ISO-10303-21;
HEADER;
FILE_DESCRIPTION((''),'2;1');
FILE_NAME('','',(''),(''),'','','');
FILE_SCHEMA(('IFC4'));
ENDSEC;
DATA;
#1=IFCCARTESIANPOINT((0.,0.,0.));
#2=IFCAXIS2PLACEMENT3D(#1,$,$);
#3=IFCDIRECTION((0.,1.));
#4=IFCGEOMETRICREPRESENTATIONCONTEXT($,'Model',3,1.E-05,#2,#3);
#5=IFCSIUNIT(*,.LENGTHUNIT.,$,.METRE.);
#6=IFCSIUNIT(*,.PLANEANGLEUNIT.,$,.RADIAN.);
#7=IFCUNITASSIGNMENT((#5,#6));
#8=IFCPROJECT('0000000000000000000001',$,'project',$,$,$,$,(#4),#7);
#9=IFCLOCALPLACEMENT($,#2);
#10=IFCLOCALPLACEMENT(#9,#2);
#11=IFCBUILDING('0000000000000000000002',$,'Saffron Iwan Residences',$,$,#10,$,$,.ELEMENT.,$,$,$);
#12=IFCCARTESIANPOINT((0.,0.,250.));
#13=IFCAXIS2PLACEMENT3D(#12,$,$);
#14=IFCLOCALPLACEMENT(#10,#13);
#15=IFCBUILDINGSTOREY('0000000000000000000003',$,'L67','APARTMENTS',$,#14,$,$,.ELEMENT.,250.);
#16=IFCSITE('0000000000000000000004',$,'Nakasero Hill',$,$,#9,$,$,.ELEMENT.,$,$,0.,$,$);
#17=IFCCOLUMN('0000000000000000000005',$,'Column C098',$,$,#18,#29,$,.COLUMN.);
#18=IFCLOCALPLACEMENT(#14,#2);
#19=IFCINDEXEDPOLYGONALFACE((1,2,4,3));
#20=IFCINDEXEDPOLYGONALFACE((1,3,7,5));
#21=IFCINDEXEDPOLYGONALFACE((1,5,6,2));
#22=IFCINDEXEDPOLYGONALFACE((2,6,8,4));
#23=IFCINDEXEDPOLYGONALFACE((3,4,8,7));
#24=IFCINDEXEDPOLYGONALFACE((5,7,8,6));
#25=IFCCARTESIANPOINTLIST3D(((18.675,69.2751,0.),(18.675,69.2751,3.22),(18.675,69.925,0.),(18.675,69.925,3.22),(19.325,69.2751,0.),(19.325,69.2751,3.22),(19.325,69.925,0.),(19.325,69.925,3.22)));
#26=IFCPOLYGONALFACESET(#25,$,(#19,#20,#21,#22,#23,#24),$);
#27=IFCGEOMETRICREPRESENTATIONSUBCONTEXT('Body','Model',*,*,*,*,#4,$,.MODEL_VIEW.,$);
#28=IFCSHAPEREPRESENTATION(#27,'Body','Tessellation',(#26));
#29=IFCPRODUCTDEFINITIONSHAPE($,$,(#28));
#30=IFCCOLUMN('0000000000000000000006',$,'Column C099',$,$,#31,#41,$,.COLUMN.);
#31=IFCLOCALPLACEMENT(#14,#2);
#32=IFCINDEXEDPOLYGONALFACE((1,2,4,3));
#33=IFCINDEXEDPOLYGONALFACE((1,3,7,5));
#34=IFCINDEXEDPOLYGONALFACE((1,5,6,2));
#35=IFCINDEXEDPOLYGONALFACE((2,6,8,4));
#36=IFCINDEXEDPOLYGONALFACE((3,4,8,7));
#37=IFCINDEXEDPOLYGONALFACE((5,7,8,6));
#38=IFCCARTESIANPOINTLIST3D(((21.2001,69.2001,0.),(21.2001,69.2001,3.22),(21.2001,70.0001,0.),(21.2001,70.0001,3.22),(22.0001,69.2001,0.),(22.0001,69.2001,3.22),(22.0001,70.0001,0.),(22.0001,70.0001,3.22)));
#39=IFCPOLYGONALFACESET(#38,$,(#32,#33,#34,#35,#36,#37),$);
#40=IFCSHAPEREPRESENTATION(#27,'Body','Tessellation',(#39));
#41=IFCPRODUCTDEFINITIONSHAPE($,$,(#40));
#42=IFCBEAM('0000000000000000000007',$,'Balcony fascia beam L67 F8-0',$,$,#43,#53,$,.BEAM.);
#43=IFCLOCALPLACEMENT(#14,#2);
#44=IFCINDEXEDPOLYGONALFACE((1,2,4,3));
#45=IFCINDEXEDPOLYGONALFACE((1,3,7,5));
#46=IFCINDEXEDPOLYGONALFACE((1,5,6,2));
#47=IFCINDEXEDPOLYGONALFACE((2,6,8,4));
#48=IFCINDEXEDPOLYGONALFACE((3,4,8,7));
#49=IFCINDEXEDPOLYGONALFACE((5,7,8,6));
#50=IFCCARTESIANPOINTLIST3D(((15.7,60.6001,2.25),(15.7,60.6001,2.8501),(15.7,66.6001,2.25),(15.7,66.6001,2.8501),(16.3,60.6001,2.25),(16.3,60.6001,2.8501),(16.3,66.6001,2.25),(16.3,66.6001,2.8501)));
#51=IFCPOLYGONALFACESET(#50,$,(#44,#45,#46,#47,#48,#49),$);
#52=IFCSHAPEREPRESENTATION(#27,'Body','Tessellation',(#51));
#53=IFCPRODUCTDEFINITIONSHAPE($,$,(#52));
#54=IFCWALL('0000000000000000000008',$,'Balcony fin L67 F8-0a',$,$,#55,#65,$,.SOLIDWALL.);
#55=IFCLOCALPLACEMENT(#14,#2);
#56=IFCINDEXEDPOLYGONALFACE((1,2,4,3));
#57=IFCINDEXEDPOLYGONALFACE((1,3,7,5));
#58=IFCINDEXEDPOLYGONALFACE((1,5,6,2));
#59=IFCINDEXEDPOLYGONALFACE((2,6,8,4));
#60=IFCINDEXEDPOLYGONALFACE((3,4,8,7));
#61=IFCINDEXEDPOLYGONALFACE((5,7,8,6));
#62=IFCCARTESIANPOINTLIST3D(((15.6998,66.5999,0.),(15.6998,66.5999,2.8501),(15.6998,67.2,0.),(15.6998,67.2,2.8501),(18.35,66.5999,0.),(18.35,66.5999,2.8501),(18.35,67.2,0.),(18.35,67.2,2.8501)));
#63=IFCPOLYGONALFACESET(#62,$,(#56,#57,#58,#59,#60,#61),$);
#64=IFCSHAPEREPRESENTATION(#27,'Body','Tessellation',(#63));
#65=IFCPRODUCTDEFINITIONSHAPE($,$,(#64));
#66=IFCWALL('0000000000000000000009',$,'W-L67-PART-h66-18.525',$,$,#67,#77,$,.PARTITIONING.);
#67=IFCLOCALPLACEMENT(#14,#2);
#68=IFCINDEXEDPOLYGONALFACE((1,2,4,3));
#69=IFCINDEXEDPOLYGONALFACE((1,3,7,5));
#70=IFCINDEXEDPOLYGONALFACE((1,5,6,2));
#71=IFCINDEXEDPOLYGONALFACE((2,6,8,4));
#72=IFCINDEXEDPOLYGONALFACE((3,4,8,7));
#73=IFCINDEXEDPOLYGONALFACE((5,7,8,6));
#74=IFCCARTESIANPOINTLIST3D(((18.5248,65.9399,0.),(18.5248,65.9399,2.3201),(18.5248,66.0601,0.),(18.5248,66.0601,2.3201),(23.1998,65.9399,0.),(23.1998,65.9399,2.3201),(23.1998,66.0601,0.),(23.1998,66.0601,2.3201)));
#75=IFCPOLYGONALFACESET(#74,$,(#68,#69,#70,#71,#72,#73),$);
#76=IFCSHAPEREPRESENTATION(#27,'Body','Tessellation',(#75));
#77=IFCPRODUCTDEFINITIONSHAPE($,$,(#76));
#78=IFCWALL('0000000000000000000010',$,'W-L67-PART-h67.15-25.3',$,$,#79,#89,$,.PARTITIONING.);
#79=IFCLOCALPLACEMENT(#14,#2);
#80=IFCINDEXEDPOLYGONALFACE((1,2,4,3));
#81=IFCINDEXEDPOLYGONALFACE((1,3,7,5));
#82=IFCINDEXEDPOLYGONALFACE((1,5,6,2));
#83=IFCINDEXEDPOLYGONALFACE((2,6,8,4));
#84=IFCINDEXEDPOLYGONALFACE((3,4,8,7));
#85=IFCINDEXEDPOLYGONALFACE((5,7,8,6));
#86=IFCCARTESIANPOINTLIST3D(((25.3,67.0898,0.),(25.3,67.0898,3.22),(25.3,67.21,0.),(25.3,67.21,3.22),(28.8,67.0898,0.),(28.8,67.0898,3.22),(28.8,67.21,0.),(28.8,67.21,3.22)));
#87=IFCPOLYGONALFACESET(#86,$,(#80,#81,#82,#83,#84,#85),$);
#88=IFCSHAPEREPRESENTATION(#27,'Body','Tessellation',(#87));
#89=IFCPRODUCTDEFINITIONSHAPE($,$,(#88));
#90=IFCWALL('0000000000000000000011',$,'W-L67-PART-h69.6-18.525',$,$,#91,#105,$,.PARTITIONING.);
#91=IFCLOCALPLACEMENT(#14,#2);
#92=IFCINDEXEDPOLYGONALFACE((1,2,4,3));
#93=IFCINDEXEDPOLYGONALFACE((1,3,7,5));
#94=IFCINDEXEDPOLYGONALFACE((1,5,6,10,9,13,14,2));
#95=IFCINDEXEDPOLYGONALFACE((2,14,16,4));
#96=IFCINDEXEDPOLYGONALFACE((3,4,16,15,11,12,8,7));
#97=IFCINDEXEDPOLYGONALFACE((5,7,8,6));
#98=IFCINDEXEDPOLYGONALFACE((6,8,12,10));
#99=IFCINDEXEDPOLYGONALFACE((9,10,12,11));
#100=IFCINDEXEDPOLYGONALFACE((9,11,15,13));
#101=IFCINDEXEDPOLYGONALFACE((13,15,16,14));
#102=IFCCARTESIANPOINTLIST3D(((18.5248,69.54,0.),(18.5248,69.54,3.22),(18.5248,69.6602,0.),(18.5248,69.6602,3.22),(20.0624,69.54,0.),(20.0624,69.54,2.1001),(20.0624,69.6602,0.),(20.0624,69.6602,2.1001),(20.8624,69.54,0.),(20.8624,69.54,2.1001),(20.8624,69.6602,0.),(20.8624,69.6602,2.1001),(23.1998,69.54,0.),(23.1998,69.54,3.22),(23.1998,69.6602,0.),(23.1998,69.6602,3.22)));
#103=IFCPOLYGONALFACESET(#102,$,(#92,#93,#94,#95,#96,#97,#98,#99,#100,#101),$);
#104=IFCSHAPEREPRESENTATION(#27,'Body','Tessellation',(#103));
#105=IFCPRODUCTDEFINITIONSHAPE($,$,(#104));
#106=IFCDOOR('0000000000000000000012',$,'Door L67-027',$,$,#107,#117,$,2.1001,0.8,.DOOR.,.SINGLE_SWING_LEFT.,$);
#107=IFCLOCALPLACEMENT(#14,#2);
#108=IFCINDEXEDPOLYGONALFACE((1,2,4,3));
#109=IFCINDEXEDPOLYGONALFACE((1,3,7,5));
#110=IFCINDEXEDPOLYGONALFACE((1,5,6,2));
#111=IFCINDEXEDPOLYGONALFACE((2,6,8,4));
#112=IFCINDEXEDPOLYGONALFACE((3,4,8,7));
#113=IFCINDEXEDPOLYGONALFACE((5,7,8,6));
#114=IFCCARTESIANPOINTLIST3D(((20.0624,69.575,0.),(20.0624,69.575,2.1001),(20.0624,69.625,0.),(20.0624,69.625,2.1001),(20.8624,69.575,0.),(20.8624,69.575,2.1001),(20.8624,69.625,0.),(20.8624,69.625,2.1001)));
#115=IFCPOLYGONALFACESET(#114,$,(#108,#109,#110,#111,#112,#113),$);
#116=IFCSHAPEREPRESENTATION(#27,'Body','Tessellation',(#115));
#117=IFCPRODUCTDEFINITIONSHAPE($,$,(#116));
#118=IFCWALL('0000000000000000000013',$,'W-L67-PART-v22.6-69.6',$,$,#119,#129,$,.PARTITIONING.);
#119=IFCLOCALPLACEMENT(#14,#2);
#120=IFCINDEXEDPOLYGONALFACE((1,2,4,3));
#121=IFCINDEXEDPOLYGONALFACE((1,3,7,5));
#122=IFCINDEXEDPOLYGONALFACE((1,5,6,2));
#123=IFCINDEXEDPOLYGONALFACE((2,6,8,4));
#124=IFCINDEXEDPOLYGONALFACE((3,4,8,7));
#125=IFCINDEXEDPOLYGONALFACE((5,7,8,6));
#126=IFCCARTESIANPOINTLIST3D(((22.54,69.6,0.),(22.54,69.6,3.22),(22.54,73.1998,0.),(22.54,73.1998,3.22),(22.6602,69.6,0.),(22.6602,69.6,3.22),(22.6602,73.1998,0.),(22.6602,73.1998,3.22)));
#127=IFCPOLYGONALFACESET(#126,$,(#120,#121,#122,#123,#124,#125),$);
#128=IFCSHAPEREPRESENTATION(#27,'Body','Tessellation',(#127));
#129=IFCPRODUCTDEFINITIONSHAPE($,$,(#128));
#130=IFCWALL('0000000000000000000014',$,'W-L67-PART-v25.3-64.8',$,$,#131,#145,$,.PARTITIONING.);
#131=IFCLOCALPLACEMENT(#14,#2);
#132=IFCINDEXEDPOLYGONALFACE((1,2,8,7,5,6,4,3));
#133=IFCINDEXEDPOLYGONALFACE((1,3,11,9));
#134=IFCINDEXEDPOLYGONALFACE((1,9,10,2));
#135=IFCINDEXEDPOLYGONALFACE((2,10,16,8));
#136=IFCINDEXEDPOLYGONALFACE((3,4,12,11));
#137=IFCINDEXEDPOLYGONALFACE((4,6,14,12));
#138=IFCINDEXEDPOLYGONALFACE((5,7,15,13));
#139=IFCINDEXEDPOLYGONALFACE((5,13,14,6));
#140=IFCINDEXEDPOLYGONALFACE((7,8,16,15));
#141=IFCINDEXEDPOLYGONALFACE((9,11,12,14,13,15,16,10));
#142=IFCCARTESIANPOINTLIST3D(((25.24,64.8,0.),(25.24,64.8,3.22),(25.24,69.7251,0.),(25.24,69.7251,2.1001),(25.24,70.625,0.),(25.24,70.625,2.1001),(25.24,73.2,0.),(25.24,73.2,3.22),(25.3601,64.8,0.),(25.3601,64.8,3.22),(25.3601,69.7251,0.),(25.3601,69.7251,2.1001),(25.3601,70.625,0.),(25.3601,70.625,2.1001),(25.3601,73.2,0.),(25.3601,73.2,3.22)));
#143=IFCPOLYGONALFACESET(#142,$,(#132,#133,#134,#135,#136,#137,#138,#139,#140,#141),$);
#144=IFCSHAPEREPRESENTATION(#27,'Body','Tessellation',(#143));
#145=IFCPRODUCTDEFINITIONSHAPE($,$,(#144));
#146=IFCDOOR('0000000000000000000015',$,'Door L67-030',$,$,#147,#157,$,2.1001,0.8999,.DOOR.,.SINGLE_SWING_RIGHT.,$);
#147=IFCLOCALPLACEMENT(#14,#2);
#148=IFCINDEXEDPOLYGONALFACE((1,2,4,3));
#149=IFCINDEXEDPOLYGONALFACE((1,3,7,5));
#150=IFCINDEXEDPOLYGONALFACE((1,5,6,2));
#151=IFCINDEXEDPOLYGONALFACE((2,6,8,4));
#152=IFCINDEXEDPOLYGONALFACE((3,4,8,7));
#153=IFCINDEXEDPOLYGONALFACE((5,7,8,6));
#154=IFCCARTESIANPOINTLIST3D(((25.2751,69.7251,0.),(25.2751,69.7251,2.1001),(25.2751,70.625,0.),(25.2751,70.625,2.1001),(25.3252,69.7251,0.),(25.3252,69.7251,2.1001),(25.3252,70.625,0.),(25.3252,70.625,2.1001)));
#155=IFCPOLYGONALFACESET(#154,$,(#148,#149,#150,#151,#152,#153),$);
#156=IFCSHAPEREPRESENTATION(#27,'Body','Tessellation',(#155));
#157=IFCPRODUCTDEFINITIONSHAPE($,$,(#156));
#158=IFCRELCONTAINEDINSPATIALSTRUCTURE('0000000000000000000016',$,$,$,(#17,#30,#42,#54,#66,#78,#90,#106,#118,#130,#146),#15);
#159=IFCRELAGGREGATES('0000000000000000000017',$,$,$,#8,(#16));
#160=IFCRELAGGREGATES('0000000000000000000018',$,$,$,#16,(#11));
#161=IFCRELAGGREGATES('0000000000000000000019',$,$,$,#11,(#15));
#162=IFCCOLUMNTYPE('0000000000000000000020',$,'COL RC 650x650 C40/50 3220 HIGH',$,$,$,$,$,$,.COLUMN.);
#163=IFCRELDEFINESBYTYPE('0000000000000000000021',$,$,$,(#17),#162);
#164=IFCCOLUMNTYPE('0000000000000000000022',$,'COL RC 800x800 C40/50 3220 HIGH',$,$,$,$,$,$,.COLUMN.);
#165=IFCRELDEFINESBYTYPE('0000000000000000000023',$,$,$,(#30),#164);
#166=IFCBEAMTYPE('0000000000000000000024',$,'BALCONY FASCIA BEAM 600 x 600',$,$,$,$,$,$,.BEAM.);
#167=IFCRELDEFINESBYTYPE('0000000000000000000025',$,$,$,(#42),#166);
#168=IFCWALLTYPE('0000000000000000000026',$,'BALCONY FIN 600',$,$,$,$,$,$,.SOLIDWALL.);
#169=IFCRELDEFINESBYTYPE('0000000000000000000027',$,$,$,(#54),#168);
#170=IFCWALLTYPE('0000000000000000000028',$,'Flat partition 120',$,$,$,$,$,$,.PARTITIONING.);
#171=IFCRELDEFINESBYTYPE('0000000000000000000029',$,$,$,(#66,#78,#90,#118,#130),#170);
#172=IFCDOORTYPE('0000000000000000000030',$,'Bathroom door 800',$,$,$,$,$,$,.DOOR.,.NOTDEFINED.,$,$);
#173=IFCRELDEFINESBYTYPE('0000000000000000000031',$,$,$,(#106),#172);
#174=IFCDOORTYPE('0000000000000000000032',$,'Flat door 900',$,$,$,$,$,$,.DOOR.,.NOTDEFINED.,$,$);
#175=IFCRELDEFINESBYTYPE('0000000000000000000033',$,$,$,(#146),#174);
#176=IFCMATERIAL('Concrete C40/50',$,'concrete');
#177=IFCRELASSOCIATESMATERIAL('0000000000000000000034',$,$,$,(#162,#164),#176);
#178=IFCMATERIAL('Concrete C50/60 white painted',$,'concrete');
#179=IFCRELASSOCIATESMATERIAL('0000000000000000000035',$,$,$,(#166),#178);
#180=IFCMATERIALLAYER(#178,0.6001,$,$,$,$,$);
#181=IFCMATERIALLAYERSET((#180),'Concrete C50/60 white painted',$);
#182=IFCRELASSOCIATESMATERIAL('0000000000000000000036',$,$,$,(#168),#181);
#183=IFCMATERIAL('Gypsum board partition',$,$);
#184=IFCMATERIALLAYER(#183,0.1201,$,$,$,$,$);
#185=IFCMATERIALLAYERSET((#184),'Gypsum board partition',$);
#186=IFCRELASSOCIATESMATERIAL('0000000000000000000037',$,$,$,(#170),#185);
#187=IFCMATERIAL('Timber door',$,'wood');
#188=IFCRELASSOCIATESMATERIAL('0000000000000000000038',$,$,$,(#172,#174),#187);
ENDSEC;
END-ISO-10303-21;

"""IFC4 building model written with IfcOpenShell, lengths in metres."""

from ifc_helpers import new_model, si_unit, direction, frame, frame_2d, origin, origin_2d, place, context, subcontext, project, spatial, rectangle, extrude, source, transform, mapped, material, layer, layer_set, material_profile, profile_set, type_object, element, fill, save


model = new_model("IFC4")

# Units and contexts
model_context = context("Model", 3, precision=1e-05, world=origin(), true_north=direction((0.0, 1.0)))
body_context = subcontext(model_context, "Body", "Model", "MODEL_VIEW")
ifc_project = project(units=[si_unit("LENGTHUNIT", "METRE"), si_unit("PLANEANGLEUNIT", "RADIAN")], contexts=[model_context])

# Site, building, storey
site_placement = place(None, origin())
site = spatial("IfcSite", under=ifc_project, at=site_placement, Name="Nakasero Hill", CompositionType="ELEMENT", RefElevation=0.0)
building_placement = place(site_placement, origin())
building = spatial("IfcBuilding", under=site, at=building_placement, Name="Saffron Iwan Residences", CompositionType="ELEMENT")
storey_placement = place(building_placement, frame((0.0, 0.0, 250.0)))
storey = spatial("IfcBuildingStorey", under=building, at=storey_placement, Name="L67", Description="APARTMENTS", CompositionType="ELEMENT", Elevation=250.0)

# Columns
ifc_material_1 = material(Name="Concrete C40/50", Category="concrete")
ifc_material_profile_1 = material_profile(ifc_material_1, rectangle(XDim=0.6499, YDim=0.6499, at=origin_2d()), Name="RC 650x650")
ifc_profile_set_1 = profile_set([ifc_material_profile_1], Name="Concrete C40/50")
column_type_1 = type_object("IfcColumnType", Name="COL RC 650x650 C40/50 3220 HIGH", PredefinedType="COLUMN", material=ifc_profile_set_1)
shared_shape_1 = source(origin(), body_context, "Body", "SweptSolid", [
    extrude(rectangle(XDim=0.6499, YDim=0.6499, at=origin_2d()), origin(), (0.0, 0.0, 1.0), 3.22),
])
column_1_placement = place(storey_placement, frame((19.0, 69.6001, 0.0), z_axis=(0.0, 0.0, 1.0), x_axis=(1.0, 0.0, 0.0)))
element("IfcColumn", 1, at=column_1_placement, inside=storey, type_object=column_type_1, Name="Column C098", PredefinedType="COLUMN", context=body_context, shape_type="MappedRepresentation", body=[
    mapped(shared_shape_1, transform((0.0, 0.0, 0.0))),
])
ifc_material_profile_2 = material_profile(ifc_material_1, rectangle(XDim=0.8, YDim=0.8, at=origin_2d()), Name="RC 800x800")
ifc_profile_set_2 = profile_set([ifc_material_profile_2], Name="Concrete C40/50")
column_type_2 = type_object("IfcColumnType", Name="COL RC 800x800 C40/50 3220 HIGH", PredefinedType="COLUMN", material=ifc_profile_set_2)
shared_shape_2 = source(origin(), body_context, "Body", "SweptSolid", [
    extrude(rectangle(XDim=0.8, YDim=0.8, at=origin_2d()), origin(), (0.0, 0.0, 1.0), 3.22),
])
column_2_placement = place(storey_placement, frame((21.6001, 69.6001, 0.0), z_axis=(0.0, 0.0, 1.0), x_axis=(1.0, 0.0, 0.0)))
element("IfcColumn", 2, at=column_2_placement, inside=storey, type_object=column_type_2, Name="Column C099", PredefinedType="COLUMN", context=body_context, shape_type="MappedRepresentation", body=[
    mapped(shared_shape_2, transform((0.0, 0.0, 0.0))),
])

# Beam
ifc_material_2 = material(Name="Concrete C50/60 white painted", Category="concrete")
ifc_material_profile_3 = material_profile(ifc_material_2, rectangle(XDim=0.6001, YDim=0.6001, at=origin_2d()), Name="BALCONY FASCIA BEAM 600 x 600")
ifc_profile_set_3 = profile_set([ifc_material_profile_3], Name="Concrete C50/60 white painted")
beam_type = type_object("IfcBeamType", Name="BALCONY FASCIA BEAM 600 x 600", PredefinedType="BEAM", material=ifc_profile_set_3)
shared_shape_3 = source(origin(), body_context, "Body", "SweptSolid", [
    extrude(rectangle(XDim=0.6001, YDim=0.6001, at=origin_2d()), origin(), (0.0, 0.0, 1.0), 6.0),
])
beam_placement = place(storey_placement, frame((16.0, 66.6001, 2.55), z_axis=(0.0, -1.0, 0.0), x_axis=(1.0, 0.0, 0.0)))
element("IfcBeam", 3, at=beam_placement, inside=storey, type_object=beam_type, Name="Balcony fascia beam L67 F8-0", PredefinedType="BEAM", context=body_context, shape_type="MappedRepresentation", body=[
    mapped(shared_shape_3, transform((0.0, 0.0, 0.0))),
])

# Walls
ifc_layer_1 = layer(ifc_material_2, 0.6001)
ifc_layer_set_1 = layer_set([ifc_layer_1], Name="Concrete C50/60 white painted")
wall_type_1 = type_object("IfcWallType", Name="BALCONY FIN 600", PredefinedType="SOLIDWALL", material=ifc_layer_set_1)
wall_1_placement = place(storey_placement, frame((18.3501, 66.8999, 0.0), z_axis=(0.0, 0.0, 1.0), x_axis=(-1.0, 0.0, 0.0)))
element("IfcWall", 4, at=wall_1_placement, inside=storey, type_object=wall_type_1, Name="Balcony fin L67 F8-0a", PredefinedType="SOLIDWALL", context=body_context, shape_type="SweptSolid", body=[
    extrude(rectangle(XDim=2.6501, YDim=0.6001, at=frame_2d((1.3252, 0.0))), origin(), (0.0, 0.0, 1.0), 2.8501),
])
ifc_material_3 = material(Name="Gypsum board partition")
ifc_layer_2 = layer(ifc_material_3, 0.1201)
ifc_layer_set_2 = layer_set([ifc_layer_2], Name="Gypsum board partition")
wall_type_2 = type_object("IfcWallType", Name="Flat partition 120", PredefinedType="PARTITIONING", material=ifc_layer_set_2)
wall_2_placement = place(storey_placement, frame((18.5249, 66.0, 0.0), z_axis=(0.0, 0.0, 1.0), x_axis=(1.0, 0.0, 0.0)))
element("IfcWall", 5, at=wall_2_placement, inside=storey, type_object=wall_type_2, Name="W-L67-PART-h66-18.525", PredefinedType="PARTITIONING", context=body_context, shape_type="SweptSolid", body=[
    extrude(rectangle(XDim=4.675, YDim=0.1201, at=frame_2d((2.3374, 0.0))), origin(), (0.0, 0.0, 1.0), 2.3201),
])
wall_3_placement = place(storey_placement, frame((25.3, 67.1499, 0.0), z_axis=(0.0, 0.0, 1.0), x_axis=(1.0, 0.0, 0.0)))
element("IfcWall", 6, at=wall_3_placement, inside=storey, type_object=wall_type_2, Name="W-L67-PART-h67.15-25.3", PredefinedType="PARTITIONING", context=body_context, shape_type="SweptSolid", body=[
    extrude(rectangle(XDim=3.5, YDim=0.1201, at=frame_2d((1.75, 0.0))), origin(), (0.0, 0.0, 1.0), 3.22),
])

# Wall, opening, door
wall_4_placement = place(storey_placement, frame((18.5249, 69.6001, 0.0), z_axis=(0.0, 0.0, 1.0), x_axis=(1.0, 0.0, 0.0)))
wall_4 = element("IfcWall", 7, at=wall_4_placement, inside=storey, type_object=wall_type_2, Name="W-L67-PART-h69.6-18.525", PredefinedType="PARTITIONING", context=body_context, shape_type="SweptSolid", body=[
    extrude(rectangle(XDim=4.675, YDim=0.1201, at=frame_2d((2.3374, 0.0))), origin(), (0.0, 0.0, 1.0), 3.22),
])
opening_1_placement = place(wall_4_placement, frame((1.5376, 0.0, 0.0)))
opening_1 = element("IfcOpeningElement", 8, at=opening_1_placement, cuts=wall_4, PredefinedType="OPENING", context=body_context, shape_type="SweptSolid", body=[
    extrude(rectangle(XDim=0.8, YDim=2.1001, at=frame_2d((0.3999, 1.05))), frame((0.0, 0.0701, 0.0), z_axis=(0.0, -1.0, 0.0), x_axis=(1.0, 0.0, 0.0)), (0.0, 0.0, 1.0), 0.1401),
])
ifc_material_4 = material(Name="Timber door", Category="wood")
door_type_1 = type_object("IfcDoorType", Name="Bathroom door 800", OperationType="NOTDEFINED", PredefinedType="DOOR", material=ifc_material_4)
door_1_placement = place(opening_1_placement, origin())
door_1 = element("IfcDoor", 9, at=door_1_placement, inside=storey, type_object=door_type_1, Name="Door L67-027", OperationType="SINGLE_SWING_LEFT", OverallHeight=2.1001, OverallWidth=0.8, PredefinedType="DOOR", context=body_context, shape_type="SweptSolid", body=[
    extrude(rectangle(XDim=0.8, YDim=2.1001, at=frame_2d((0.3999, 1.05))), frame((0.0, 0.0249, 0.0), z_axis=(0.0, -1.0, 0.0), x_axis=(1.0, 0.0, 0.0)), (0.0, 0.0, 1.0), 0.05),
])
fill(opening_1, door_1)

# Wall
wall_5_placement = place(storey_placement, frame((22.6001, 69.6001, 0.0), z_axis=(0.0, 0.0, 1.0), x_axis=(0.0, 1.0, 0.0)))
element("IfcWall", 10, at=wall_5_placement, inside=storey, type_object=wall_type_2, Name="W-L67-PART-v22.6-69.6", PredefinedType="PARTITIONING", context=body_context, shape_type="SweptSolid", body=[
    extrude(rectangle(XDim=3.5999, YDim=0.1201, at=frame_2d((1.7998, 0.0))), origin(), (0.0, 0.0, 1.0), 3.22),
])

# Wall, opening, door
wall_6_placement = place(storey_placement, frame((25.3, 64.8, 0.0), z_axis=(0.0, 0.0, 1.0), x_axis=(0.0, 1.0, 0.0)))
wall_6 = element("IfcWall", 11, at=wall_6_placement, inside=storey, type_object=wall_type_2, Name="W-L67-PART-v25.3-64.8", PredefinedType="PARTITIONING", context=body_context, shape_type="SweptSolid", body=[
    extrude(rectangle(XDim=8.3999, YDim=0.1201, at=frame_2d((4.2, 0.0))), origin(), (0.0, 0.0, 1.0), 3.22),
])
opening_2_placement = place(wall_6_placement, frame((4.925, 0.0, 0.0)))
opening_2 = element("IfcOpeningElement", 12, at=opening_2_placement, cuts=wall_6, PredefinedType="OPENING", context=body_context, shape_type="SweptSolid", body=[
    extrude(rectangle(XDim=0.8999, YDim=2.1001, at=frame_2d((0.45, 1.05))), frame((0.0, 0.0701, 0.0), z_axis=(0.0, -1.0, 0.0), x_axis=(1.0, 0.0, 0.0)), (0.0, 0.0, 1.0), 0.1401),
])
door_type_2 = type_object("IfcDoorType", Name="Flat door 900", OperationType="NOTDEFINED", PredefinedType="DOOR", material=ifc_material_4)
door_2_placement = place(opening_2_placement, origin())
door_2 = element("IfcDoor", 13, at=door_2_placement, inside=storey, type_object=door_type_2, Name="Door L67-030", OperationType="SINGLE_SWING_RIGHT", OverallHeight=2.1001, OverallWidth=0.8999, PredefinedType="DOOR", context=body_context, shape_type="SweptSolid", body=[
    extrude(rectangle(XDim=0.8999, YDim=2.1001, at=frame_2d((0.45, 1.05))), frame((0.0, 0.0249, 0.0), z_axis=(0.0, -1.0, 0.0), x_axis=(1.0, 0.0, 0.0)), (0.0, 0.0, 1.0), 0.05),
])
fill(opening_2, door_2)

save(model, "model.ifc")
